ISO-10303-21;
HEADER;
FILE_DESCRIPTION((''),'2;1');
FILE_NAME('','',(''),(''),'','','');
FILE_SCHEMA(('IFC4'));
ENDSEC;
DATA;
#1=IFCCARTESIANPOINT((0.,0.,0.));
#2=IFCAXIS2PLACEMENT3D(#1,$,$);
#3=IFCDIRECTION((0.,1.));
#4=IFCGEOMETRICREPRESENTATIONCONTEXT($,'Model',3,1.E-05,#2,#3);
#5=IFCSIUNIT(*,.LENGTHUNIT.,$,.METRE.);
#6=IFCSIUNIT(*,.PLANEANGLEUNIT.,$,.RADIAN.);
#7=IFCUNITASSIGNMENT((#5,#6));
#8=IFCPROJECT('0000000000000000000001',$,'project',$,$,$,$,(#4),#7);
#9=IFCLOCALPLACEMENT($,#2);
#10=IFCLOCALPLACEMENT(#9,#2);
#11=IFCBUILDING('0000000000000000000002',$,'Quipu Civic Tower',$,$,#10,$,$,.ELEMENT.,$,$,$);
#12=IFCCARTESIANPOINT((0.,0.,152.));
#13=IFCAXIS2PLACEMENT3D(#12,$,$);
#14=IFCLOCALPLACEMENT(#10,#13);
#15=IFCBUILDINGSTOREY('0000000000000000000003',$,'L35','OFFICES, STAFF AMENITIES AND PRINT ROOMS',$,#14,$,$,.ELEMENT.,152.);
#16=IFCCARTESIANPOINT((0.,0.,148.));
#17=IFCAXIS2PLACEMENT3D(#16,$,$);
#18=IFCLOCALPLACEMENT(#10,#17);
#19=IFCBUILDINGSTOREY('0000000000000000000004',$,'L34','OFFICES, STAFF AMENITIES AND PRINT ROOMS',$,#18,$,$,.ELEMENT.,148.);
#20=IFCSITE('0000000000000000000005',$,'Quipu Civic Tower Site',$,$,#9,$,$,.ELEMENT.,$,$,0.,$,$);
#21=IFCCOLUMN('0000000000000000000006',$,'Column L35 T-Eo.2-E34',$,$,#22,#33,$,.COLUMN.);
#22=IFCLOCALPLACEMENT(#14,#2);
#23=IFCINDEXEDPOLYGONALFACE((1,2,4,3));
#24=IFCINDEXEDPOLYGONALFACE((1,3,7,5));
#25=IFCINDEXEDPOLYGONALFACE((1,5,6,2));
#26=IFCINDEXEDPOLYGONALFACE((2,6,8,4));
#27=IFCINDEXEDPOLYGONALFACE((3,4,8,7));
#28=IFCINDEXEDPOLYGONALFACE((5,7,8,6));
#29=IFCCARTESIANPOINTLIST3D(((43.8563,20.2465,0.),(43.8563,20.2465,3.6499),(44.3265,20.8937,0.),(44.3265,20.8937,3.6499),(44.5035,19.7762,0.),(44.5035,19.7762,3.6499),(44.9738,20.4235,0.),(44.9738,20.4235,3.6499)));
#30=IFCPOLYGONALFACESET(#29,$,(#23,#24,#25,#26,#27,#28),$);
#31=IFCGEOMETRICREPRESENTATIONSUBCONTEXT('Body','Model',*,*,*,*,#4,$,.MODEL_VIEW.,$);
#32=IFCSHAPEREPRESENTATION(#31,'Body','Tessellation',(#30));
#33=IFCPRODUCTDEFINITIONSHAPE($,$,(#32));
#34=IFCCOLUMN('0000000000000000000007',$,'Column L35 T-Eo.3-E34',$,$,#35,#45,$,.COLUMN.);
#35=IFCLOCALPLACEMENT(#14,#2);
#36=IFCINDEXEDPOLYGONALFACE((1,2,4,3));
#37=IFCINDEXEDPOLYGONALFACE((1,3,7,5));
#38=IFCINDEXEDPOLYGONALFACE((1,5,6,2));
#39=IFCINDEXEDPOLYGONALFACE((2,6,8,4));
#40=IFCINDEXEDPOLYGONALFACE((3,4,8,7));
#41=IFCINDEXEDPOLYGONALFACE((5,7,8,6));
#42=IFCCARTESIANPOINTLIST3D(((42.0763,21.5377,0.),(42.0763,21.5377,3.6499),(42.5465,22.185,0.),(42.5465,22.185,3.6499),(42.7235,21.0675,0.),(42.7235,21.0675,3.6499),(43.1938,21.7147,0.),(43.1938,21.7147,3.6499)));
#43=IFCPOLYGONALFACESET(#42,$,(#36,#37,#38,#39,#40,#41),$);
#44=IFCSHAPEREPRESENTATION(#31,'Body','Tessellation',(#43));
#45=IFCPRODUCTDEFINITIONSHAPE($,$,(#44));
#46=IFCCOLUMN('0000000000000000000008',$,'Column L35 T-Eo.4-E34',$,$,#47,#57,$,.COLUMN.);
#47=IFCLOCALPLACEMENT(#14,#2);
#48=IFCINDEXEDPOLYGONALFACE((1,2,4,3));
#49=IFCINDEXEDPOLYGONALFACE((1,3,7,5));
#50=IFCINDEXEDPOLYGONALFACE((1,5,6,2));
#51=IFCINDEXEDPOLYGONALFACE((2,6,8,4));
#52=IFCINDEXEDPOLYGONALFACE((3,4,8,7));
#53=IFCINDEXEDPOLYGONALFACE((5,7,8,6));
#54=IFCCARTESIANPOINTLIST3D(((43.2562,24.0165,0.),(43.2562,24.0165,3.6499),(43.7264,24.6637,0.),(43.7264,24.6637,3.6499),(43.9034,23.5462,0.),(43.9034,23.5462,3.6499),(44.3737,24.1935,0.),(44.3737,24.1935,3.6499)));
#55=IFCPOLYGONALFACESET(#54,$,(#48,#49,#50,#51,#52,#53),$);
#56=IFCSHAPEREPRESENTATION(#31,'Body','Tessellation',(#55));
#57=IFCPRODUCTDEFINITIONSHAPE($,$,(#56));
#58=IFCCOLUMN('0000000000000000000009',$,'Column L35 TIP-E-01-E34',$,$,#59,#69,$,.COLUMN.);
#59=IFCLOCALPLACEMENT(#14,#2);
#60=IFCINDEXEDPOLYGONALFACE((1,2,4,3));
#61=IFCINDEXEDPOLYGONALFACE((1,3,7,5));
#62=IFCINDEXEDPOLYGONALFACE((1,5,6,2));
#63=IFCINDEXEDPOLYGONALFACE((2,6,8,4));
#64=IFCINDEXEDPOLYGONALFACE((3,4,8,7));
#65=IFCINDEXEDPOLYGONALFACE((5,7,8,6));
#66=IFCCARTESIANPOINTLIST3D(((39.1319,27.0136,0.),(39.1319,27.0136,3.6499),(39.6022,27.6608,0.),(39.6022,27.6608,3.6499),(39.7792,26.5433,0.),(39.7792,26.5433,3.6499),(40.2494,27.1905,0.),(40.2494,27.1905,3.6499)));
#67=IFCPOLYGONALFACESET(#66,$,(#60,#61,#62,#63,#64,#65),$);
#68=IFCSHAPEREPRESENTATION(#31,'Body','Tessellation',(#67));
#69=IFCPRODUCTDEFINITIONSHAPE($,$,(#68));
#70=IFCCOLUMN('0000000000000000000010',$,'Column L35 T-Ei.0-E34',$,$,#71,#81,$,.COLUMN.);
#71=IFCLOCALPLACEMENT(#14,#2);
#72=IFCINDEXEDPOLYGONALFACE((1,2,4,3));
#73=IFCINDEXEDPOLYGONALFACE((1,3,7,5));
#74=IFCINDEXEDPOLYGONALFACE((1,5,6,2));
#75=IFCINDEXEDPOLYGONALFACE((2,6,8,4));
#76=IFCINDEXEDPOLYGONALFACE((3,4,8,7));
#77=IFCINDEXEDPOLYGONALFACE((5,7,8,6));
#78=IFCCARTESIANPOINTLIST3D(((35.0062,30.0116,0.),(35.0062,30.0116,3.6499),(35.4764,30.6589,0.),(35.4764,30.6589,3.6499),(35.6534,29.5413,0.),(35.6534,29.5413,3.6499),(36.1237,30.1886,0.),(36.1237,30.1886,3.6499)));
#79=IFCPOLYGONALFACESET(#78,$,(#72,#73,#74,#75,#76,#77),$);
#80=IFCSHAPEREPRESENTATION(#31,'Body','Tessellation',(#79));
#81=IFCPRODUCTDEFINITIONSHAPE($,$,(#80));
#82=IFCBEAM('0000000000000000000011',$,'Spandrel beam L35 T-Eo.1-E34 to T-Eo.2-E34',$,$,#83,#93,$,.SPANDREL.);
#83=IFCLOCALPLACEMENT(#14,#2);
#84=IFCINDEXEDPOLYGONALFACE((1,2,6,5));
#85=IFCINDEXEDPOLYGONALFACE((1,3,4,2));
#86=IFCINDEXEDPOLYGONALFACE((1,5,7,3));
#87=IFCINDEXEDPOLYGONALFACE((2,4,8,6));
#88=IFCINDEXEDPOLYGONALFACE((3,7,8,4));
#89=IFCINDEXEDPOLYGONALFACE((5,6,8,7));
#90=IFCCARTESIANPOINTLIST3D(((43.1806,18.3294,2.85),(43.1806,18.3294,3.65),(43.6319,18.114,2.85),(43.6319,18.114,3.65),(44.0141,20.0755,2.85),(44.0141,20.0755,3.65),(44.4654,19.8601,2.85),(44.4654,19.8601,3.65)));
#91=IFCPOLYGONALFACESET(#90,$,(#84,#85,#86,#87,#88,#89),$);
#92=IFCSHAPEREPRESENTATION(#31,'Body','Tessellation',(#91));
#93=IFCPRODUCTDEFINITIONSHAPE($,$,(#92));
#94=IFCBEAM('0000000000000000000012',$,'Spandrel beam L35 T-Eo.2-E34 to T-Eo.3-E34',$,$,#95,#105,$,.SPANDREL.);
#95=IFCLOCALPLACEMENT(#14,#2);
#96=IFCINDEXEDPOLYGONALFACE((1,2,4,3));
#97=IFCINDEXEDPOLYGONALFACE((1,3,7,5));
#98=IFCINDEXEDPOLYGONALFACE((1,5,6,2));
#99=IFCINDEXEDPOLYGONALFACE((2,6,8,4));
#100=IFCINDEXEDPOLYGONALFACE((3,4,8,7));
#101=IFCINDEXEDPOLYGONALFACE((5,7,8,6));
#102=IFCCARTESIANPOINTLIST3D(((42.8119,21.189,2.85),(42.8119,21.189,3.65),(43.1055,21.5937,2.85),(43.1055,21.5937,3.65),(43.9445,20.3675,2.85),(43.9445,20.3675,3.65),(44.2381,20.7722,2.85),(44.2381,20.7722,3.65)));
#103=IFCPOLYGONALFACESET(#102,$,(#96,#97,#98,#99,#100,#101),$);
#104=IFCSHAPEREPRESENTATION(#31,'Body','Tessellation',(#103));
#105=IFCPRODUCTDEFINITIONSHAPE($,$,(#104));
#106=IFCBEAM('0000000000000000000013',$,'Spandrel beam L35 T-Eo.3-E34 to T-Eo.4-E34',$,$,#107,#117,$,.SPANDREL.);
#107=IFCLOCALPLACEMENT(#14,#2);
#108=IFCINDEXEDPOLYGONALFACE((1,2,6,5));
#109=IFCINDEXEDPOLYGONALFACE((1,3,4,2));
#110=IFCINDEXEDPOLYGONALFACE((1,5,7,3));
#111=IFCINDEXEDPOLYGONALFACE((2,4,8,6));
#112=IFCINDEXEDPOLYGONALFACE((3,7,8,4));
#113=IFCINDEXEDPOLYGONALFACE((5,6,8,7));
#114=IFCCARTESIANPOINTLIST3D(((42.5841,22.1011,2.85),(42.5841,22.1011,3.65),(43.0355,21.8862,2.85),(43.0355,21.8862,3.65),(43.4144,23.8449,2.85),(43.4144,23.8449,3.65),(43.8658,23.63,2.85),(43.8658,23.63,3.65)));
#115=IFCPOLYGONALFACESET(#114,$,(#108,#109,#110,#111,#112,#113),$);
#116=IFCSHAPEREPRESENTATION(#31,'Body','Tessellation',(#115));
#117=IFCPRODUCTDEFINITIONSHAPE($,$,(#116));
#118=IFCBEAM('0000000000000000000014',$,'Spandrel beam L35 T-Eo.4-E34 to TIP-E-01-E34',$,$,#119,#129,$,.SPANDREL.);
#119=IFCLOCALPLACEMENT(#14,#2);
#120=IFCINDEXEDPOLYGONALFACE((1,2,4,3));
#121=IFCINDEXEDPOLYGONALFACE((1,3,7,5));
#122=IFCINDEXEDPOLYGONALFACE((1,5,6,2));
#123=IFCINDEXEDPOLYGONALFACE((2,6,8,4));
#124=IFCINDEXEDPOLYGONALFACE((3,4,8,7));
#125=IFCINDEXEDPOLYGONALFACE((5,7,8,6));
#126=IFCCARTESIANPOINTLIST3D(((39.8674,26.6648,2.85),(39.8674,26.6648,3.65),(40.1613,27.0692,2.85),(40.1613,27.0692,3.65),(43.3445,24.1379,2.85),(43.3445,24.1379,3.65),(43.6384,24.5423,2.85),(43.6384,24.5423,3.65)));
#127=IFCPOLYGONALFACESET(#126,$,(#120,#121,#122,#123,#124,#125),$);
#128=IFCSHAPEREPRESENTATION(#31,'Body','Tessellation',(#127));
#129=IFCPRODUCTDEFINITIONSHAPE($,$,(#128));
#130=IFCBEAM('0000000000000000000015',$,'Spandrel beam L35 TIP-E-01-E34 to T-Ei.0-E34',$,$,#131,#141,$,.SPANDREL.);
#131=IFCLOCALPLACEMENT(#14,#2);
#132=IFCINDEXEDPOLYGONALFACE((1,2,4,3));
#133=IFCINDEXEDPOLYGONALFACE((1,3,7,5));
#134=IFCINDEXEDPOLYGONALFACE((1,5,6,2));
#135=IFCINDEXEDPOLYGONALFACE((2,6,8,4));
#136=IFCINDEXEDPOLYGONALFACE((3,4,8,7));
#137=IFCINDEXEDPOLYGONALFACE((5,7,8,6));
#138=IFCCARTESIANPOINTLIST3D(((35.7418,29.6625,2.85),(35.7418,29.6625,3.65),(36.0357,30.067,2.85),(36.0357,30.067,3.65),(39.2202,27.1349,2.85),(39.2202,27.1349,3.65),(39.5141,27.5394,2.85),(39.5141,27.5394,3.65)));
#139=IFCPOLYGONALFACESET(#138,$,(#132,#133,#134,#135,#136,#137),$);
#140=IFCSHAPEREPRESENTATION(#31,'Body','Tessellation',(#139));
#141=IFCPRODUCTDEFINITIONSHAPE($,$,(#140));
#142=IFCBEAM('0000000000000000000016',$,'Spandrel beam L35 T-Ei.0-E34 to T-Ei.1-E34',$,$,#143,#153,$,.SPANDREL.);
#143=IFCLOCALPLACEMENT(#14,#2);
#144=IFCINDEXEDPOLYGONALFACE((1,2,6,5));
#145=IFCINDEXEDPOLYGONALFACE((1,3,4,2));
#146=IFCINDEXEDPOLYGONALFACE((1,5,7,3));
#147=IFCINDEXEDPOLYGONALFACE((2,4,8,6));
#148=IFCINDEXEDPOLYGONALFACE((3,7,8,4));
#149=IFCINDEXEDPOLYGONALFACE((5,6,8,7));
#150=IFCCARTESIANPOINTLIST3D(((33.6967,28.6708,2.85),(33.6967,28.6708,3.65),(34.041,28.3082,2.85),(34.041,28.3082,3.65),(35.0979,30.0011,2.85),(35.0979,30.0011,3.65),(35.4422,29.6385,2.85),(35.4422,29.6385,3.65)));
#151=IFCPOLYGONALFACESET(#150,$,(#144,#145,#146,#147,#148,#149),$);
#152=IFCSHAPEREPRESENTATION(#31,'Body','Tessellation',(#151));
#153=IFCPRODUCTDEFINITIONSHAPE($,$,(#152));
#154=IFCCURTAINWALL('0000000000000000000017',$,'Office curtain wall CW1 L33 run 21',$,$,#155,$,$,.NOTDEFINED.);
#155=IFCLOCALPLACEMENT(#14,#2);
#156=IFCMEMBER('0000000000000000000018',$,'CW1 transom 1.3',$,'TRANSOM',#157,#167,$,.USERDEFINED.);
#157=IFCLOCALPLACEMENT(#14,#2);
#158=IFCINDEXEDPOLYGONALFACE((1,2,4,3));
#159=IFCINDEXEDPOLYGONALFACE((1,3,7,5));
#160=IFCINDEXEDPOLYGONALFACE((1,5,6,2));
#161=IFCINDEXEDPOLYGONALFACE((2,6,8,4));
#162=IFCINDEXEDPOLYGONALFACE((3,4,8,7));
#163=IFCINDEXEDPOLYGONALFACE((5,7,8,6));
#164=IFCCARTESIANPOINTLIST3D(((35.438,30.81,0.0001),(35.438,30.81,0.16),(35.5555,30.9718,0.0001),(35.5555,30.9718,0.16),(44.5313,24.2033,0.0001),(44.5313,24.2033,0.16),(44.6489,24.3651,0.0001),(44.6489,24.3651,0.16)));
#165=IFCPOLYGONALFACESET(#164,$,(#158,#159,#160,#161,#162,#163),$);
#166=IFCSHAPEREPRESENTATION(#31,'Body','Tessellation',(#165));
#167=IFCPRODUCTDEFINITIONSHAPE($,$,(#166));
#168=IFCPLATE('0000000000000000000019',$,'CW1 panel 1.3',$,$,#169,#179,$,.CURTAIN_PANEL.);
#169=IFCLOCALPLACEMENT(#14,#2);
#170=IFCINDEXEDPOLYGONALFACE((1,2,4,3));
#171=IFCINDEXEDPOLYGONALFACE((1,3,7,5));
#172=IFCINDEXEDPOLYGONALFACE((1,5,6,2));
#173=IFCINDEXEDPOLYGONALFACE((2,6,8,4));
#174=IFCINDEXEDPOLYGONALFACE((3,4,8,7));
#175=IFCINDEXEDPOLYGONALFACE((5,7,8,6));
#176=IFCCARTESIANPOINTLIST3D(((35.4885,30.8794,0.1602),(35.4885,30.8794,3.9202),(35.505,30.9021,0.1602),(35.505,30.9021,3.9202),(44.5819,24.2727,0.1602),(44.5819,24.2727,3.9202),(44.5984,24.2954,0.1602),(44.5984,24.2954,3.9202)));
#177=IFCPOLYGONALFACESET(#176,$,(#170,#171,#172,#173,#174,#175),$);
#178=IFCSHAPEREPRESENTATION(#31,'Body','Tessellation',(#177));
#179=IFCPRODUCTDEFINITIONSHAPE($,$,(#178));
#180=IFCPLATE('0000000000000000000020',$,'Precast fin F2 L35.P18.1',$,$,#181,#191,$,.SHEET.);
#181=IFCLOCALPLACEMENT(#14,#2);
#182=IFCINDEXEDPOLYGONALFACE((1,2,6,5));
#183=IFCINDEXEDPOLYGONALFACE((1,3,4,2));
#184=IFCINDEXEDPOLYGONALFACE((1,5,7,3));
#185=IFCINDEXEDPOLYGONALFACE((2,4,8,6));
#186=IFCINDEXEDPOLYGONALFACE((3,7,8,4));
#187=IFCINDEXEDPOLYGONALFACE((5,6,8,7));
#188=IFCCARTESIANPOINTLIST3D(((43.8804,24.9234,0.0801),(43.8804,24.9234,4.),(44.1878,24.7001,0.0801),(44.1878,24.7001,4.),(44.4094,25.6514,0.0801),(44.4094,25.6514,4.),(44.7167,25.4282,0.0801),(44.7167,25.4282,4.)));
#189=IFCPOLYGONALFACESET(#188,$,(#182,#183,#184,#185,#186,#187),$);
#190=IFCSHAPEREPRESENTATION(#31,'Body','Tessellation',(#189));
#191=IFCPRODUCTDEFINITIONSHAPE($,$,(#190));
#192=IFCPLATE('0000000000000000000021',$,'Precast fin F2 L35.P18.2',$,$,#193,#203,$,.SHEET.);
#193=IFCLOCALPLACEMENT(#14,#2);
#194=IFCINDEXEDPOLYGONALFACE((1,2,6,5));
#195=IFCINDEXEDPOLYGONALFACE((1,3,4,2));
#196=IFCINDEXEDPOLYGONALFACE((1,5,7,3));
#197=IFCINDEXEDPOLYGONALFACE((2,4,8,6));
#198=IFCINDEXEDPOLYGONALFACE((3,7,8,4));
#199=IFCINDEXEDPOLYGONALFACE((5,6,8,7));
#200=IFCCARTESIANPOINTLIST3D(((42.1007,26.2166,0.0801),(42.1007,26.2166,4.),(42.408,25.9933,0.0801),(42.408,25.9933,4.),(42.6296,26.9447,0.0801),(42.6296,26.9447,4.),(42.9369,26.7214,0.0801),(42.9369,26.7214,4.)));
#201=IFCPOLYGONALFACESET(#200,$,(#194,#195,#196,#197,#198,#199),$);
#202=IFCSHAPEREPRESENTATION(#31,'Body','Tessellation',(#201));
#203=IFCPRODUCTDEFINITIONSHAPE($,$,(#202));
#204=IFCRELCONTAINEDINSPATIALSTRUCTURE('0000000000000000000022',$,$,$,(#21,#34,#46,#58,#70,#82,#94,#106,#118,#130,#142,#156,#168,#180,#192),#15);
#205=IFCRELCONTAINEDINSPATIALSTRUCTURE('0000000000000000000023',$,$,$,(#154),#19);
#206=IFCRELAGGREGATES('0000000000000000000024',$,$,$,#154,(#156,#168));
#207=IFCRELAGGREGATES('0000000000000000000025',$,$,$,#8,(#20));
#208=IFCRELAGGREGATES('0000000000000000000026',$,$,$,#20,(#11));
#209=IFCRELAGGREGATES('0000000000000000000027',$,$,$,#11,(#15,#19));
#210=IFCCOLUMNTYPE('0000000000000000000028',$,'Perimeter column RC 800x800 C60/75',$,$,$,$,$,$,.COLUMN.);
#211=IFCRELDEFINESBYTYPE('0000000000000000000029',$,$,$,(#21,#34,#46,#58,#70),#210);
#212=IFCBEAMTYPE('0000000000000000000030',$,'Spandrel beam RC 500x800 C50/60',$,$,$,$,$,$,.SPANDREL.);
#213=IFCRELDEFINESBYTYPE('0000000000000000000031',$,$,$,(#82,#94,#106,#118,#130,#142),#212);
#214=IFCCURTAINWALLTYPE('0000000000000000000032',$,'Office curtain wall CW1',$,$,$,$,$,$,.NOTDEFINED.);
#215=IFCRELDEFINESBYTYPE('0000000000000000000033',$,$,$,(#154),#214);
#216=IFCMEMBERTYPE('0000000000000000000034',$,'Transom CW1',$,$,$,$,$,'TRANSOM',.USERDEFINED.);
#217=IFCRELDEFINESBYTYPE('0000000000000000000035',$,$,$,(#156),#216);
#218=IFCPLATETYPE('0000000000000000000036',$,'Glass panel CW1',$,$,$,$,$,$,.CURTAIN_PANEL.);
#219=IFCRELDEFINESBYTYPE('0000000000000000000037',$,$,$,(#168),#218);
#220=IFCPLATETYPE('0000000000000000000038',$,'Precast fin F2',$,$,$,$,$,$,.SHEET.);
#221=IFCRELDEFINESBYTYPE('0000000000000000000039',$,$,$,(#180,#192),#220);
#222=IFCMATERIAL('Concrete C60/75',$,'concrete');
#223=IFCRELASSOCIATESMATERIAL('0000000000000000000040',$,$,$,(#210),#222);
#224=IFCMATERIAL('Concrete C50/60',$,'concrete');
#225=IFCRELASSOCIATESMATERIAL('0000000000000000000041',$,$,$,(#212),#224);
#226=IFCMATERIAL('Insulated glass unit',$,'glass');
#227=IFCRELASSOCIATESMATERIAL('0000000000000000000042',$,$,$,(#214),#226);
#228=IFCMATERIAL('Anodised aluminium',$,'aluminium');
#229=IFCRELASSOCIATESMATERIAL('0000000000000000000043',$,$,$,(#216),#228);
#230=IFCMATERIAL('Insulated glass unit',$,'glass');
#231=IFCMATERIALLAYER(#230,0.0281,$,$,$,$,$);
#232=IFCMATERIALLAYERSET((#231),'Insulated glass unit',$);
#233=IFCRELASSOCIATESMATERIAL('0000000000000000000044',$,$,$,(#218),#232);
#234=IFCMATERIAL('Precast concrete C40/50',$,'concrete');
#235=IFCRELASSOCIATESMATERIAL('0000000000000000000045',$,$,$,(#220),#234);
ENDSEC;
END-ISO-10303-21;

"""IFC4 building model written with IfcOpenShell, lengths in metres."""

from ifc_helpers import new_model, si_unit, direction, frame, origin, origin_2d, place, context, subcontext, project, spatial, rectangle, extrude, material, layer, layer_set, material_profile, profile_set, type_object, element, aggregate, save


model = new_model("IFC4")

# Units and contexts
model_context = context("Model", 3, precision=1e-05, world=origin(), true_north=direction((0.0, 1.0)))
body_context = subcontext(model_context, "Body", "Model", "MODEL_VIEW")
ifc_project = project(units=[si_unit("LENGTHUNIT", "METRE"), si_unit("PLANEANGLEUNIT", "RADIAN")], contexts=[model_context])

# Site, building, storey
site_placement = place(None, origin())
site = spatial("IfcSite", under=ifc_project, at=site_placement, Name="Quipu Civic Tower Site", CompositionType="ELEMENT", RefElevation=0.0)
building_placement = place(site_placement, origin())
building = spatial("IfcBuilding", under=site, at=building_placement, Name="Quipu Civic Tower", CompositionType="ELEMENT")
storey_1_placement = place(building_placement, frame((0.0, 0.0, 152.0)))
storey_1 = spatial("IfcBuildingStorey", under=building, at=storey_1_placement, Name="L35", Description="OFFICES, STAFF AMENITIES AND PRINT ROOMS", CompositionType="ELEMENT", Elevation=152.0)

# Columns
ifc_material_1 = material(Name="Concrete C60/75", Category="concrete")
ifc_material_profile_1 = material_profile(ifc_material_1, rectangle(XDim=0.8, YDim=0.8, at=origin_2d()), Name="RC800x800")
ifc_profile_set_1 = profile_set([ifc_material_profile_1], Name="Concrete C60/75")
column_type = type_object("IfcColumnType", Name="Perimeter column RC 800x800 C60/75", PredefinedType="COLUMN", material=ifc_profile_set_1)
for number, where, z_axis, x_axis, name in (
    (1, (44.415, 20.335, 0.0), (0.0, 0.0, 1.0), (0.587785, 0.809017, 0.0), "Column L35 T-Eo.2-E34"),
    (2, (42.635, 21.6262, 0.0), (0.0, 0.0, 1.0), (-0.809017, 0.587785, 0.0), "Column L35 T-Eo.3-E34"),
    (3, (43.8149, 24.105, 0.0), (0.0, 0.0, 1.0), (-0.809017, 0.587785, 0.0), "Column L35 T-Eo.4-E34"),
    (4, (39.6907, 27.1021, 0.0), (0.0, 0.0, 1.0), (-0.809017, 0.587785, 0.0), "Column L35 TIP-E-01-E34"),
    (5, (35.5649, 30.1001, 0.0), (0.0, 0.0, 1.0), (-0.587785, -0.809017, 0.0), "Column L35 T-Ei.0-E34"),
):
    element("IfcColumn", number, at=place(storey_1_placement, frame(where, z_axis=z_axis, x_axis=x_axis)), inside=storey_1, type_object=column_type, Name=name, PredefinedType="COLUMN", context=body_context, shape_type="SweptSolid", body=[
        extrude(rectangle(XDim=0.8, YDim=0.8, at=origin_2d()), origin(), (0.0, 0.0, 1.0), 3.6499),
    ])

# Beams
ifc_material_2 = material(Name="Concrete C50/60", Category="concrete")
ifc_material_profile_2 = material_profile(ifc_material_2, rectangle(XDim=0.5, YDim=0.8, at=origin_2d()), Name="RC500x800")
ifc_profile_set_2 = profile_set([ifc_material_profile_2], Name="Concrete C50/60")
beam_type = type_object("IfcBeamType", Name="Spandrel beam RC 500x800 C50/60", PredefinedType="SPANDREL", material=ifc_profile_set_2)
beam_1_placement = place(storey_1_placement, frame((43.4062, 18.2217, 3.25), z_axis=(0.430786, 0.902454, 0.0), x_axis=(-0.902454, 0.430786, 0.0)))
element("IfcBeam", 6, at=beam_1_placement, inside=storey_1, type_object=beam_type, Name="Spandrel beam L35 T-Eo.1-E34 to T-Eo.2-E34", PredefinedType="SPANDREL", context=body_context, shape_type="SweptSolid", body=[
    extrude(rectangle(XDim=0.5, YDim=0.8, at=origin_2d()), origin(), (0.0, 0.0, 1.0), 1.9348),
])
beam_2_placement = place(storey_1_placement, frame((44.0913, 20.5698, 3.25), z_axis=(-0.809467, 0.587165, 0.0), x_axis=(-0.587165, -0.809467, 0.0)))
element("IfcBeam", 7, at=beam_2_placement, inside=storey_1, type_object=beam_type, Name="Spandrel beam L35 T-Eo.2-E34 to T-Eo.3-E34", PredefinedType="SPANDREL", context=body_context, shape_type="SweptSolid", body=[
    extrude(rectangle(XDim=0.5, YDim=0.8, at=origin_2d()), origin(), (0.0, 0.0, 1.0), 1.3992),
])
beam_3_placement = place(storey_1_placement, frame((42.8098, 21.9937, 3.25), z_axis=(0.429889, 0.902882, 0.0), x_axis=(-0.902882, 0.429889, 0.0)))
element("IfcBeam", 8, at=beam_3_placement, inside=storey_1, type_object=beam_type, Name="Spandrel beam L35 T-Eo.3-E34 to T-Eo.4-E34", PredefinedType="SPANDREL", context=body_context, shape_type="SweptSolid", body=[
    extrude(rectangle(XDim=0.5, YDim=0.8, at=origin_2d()), origin(), (0.0, 0.0, 1.0), 1.9314),
])
beam_4_placement = place(storey_1_placement, frame((43.4915, 24.3401, 3.25), z_axis=(-0.808947, 0.587881, 0.0), x_axis=(-0.587881, -0.808947, 0.0)))
element("IfcBeam", 9, at=beam_4_placement, inside=storey_1, type_object=beam_type, Name="Spandrel beam L35 T-Eo.4-E34 to TIP-E-01-E34", PredefinedType="SPANDREL", context=body_context, shape_type="SweptSolid", body=[
    extrude(rectangle(XDim=0.5, YDim=0.8, at=origin_2d()), origin(), (0.0, 0.0, 1.0), 4.2983),
])
beam_5_placement = place(storey_1_placement, frame((39.3672, 27.3372, 3.25), z_axis=(-0.808984, 0.587831, 0.0), x_axis=(-0.587831, -0.808984, 0.0)))
element("IfcBeam", 10, at=beam_5_placement, inside=storey_1, type_object=beam_type, Name="Spandrel beam L35 TIP-E-01-E34 to T-Ei.0-E34", PredefinedType="SPANDREL", context=body_context, shape_type="SweptSolid", body=[
    extrude(rectangle(XDim=0.5, YDim=0.8, at=origin_2d()), origin(), (0.0, 0.0, 1.0), 4.2998),
])
beam_6_placement = place(storey_1_placement, frame((35.27, 29.8198, 3.25), z_axis=(-0.725192, -0.688547, 0.0), x_axis=(0.688547, -0.725192, 0.0)))
element("IfcBeam", 11, at=beam_6_placement, inside=storey_1, type_object=beam_type, Name="Spandrel beam L35 T-Ei.0-E34 to T-Ei.1-E34", PredefinedType="SPANDREL", context=body_context, shape_type="SweptSolid", body=[
    extrude(rectangle(XDim=0.5, YDim=0.8, at=origin_2d()), origin(), (0.0, 0.0, 1.0), 1.9321),
])

# Shared definitions
storey_2_placement = place(building_placement, frame((0.0, 0.0, 148.0)))
storey_2 = spatial("IfcBuildingStorey", under=building, at=storey_2_placement, Name="L34", Description="OFFICES, STAFF AMENITIES AND PRINT ROOMS", CompositionType="ELEMENT", Elevation=148.0)

# Curtain wall, member, plate
ifc_material_3 = material(Name="Insulated glass unit", Category="glass")
curtain_wall_type = type_object("IfcCurtainWallType", Name="Office curtain wall CW1", PredefinedType="NOTDEFINED", material=ifc_material_3)
curtain_wall_placement = place(storey_2_placement, origin())
curtain_wall = element("IfcCurtainWall", 12, at=curtain_wall_placement, inside=storey_2, type_object=curtain_wall_type, Name="Office curtain wall CW1 L33 run 21", PredefinedType="NOTDEFINED")
ifc_material_4 = material(Name="Anodised aluminium", Category="aluminium")
ifc_material_profile_3 = material_profile(ifc_material_4, rectangle(XDim=0.2, YDim=0.1599, at=origin_2d()), Name="RECT 200x160")
ifc_profile_set_3 = profile_set([ifc_material_profile_3], Name="Anodised aluminium")
member_type = type_object("IfcMemberType", Name="Transom CW1", ElementType="TRANSOM", PredefinedType="USERDEFINED", material=ifc_profile_set_3)
member_placement = place(storey_1_placement, frame((44.5901, 24.2842, 0.0801), z_axis=(-0.809015, 0.587788, 0.0), x_axis=(-0.587788, -0.809015, 0.0)))
member = element("IfcMember", 13, at=member_placement, inside=storey_1, type_object=member_type, Name="CW1 transom 1.3", ObjectType="TRANSOM", PredefinedType="USERDEFINED", context=body_context, shape_type="SweptSolid", body=[
    extrude(rectangle(XDim=0.2, YDim=0.1599, at=origin_2d()), origin(), (0.0, 0.0, 1.0), 11.24),
])
ifc_material_5 = material(Name="Insulated glass unit", Category="glass")
ifc_layer_1 = layer(ifc_material_5, 0.0281)
ifc_layer_set_1 = layer_set([ifc_layer_1], Name="Insulated glass unit")
plate_type_1 = type_object("IfcPlateType", Name="Glass panel CW1", PredefinedType="CURTAIN_PANEL", material=ifc_layer_set_1)
plate_placement = place(storey_1_placement, frame((40.0435, 27.5874, 0.1602), z_axis=(0.0, 0.0, 1.0), x_axis=(-0.809015, 0.587788, 0.0)))
plate = element("IfcPlate", 14, at=plate_placement, inside=storey_1, type_object=plate_type_1, Name="CW1 panel 1.3", PredefinedType="CURTAIN_PANEL", context=body_context, shape_type="SweptSolid", body=[
    extrude(rectangle(XDim=11.24, YDim=0.0281, at=origin_2d()), origin(), (0.0, 0.0, 1.0), 3.76),
])
aggregate(curtain_wall, [member, plate])

# Plates
ifc_material_6 = material(Name="Precast concrete C40/50", Category="concrete")
plate_type_2 = type_object("IfcPlateType", Name="Precast fin F2", PredefinedType="SHEET", material=ifc_material_6)
for number, where, z_axis, x_axis, name in (
    (15, (44.2986, 25.1758, 0.0801), (0.0, 0.0, 1.0), (-0.809017, 0.587785, 0.0), "Precast fin F2 L35.P18.1"),
    (16, (42.5188, 26.469, 0.0801), (0.0, 0.0, 1.0), (-0.809017, 0.587785, 0.0), "Precast fin F2 L35.P18.2"),
):
    element("IfcPlate", number, at=place(storey_1_placement, frame(where, z_axis=z_axis, x_axis=x_axis)), inside=storey_1, type_object=plate_type_2, Name=name, PredefinedType="SHEET", context=body_context, shape_type="SweptSolid", body=[
        extrude(rectangle(XDim=0.3799, YDim=0.8999, at=origin_2d()), origin(), (0.0, 0.0, 1.0), 3.9199),
    ])

save(model, "model.ifc")
